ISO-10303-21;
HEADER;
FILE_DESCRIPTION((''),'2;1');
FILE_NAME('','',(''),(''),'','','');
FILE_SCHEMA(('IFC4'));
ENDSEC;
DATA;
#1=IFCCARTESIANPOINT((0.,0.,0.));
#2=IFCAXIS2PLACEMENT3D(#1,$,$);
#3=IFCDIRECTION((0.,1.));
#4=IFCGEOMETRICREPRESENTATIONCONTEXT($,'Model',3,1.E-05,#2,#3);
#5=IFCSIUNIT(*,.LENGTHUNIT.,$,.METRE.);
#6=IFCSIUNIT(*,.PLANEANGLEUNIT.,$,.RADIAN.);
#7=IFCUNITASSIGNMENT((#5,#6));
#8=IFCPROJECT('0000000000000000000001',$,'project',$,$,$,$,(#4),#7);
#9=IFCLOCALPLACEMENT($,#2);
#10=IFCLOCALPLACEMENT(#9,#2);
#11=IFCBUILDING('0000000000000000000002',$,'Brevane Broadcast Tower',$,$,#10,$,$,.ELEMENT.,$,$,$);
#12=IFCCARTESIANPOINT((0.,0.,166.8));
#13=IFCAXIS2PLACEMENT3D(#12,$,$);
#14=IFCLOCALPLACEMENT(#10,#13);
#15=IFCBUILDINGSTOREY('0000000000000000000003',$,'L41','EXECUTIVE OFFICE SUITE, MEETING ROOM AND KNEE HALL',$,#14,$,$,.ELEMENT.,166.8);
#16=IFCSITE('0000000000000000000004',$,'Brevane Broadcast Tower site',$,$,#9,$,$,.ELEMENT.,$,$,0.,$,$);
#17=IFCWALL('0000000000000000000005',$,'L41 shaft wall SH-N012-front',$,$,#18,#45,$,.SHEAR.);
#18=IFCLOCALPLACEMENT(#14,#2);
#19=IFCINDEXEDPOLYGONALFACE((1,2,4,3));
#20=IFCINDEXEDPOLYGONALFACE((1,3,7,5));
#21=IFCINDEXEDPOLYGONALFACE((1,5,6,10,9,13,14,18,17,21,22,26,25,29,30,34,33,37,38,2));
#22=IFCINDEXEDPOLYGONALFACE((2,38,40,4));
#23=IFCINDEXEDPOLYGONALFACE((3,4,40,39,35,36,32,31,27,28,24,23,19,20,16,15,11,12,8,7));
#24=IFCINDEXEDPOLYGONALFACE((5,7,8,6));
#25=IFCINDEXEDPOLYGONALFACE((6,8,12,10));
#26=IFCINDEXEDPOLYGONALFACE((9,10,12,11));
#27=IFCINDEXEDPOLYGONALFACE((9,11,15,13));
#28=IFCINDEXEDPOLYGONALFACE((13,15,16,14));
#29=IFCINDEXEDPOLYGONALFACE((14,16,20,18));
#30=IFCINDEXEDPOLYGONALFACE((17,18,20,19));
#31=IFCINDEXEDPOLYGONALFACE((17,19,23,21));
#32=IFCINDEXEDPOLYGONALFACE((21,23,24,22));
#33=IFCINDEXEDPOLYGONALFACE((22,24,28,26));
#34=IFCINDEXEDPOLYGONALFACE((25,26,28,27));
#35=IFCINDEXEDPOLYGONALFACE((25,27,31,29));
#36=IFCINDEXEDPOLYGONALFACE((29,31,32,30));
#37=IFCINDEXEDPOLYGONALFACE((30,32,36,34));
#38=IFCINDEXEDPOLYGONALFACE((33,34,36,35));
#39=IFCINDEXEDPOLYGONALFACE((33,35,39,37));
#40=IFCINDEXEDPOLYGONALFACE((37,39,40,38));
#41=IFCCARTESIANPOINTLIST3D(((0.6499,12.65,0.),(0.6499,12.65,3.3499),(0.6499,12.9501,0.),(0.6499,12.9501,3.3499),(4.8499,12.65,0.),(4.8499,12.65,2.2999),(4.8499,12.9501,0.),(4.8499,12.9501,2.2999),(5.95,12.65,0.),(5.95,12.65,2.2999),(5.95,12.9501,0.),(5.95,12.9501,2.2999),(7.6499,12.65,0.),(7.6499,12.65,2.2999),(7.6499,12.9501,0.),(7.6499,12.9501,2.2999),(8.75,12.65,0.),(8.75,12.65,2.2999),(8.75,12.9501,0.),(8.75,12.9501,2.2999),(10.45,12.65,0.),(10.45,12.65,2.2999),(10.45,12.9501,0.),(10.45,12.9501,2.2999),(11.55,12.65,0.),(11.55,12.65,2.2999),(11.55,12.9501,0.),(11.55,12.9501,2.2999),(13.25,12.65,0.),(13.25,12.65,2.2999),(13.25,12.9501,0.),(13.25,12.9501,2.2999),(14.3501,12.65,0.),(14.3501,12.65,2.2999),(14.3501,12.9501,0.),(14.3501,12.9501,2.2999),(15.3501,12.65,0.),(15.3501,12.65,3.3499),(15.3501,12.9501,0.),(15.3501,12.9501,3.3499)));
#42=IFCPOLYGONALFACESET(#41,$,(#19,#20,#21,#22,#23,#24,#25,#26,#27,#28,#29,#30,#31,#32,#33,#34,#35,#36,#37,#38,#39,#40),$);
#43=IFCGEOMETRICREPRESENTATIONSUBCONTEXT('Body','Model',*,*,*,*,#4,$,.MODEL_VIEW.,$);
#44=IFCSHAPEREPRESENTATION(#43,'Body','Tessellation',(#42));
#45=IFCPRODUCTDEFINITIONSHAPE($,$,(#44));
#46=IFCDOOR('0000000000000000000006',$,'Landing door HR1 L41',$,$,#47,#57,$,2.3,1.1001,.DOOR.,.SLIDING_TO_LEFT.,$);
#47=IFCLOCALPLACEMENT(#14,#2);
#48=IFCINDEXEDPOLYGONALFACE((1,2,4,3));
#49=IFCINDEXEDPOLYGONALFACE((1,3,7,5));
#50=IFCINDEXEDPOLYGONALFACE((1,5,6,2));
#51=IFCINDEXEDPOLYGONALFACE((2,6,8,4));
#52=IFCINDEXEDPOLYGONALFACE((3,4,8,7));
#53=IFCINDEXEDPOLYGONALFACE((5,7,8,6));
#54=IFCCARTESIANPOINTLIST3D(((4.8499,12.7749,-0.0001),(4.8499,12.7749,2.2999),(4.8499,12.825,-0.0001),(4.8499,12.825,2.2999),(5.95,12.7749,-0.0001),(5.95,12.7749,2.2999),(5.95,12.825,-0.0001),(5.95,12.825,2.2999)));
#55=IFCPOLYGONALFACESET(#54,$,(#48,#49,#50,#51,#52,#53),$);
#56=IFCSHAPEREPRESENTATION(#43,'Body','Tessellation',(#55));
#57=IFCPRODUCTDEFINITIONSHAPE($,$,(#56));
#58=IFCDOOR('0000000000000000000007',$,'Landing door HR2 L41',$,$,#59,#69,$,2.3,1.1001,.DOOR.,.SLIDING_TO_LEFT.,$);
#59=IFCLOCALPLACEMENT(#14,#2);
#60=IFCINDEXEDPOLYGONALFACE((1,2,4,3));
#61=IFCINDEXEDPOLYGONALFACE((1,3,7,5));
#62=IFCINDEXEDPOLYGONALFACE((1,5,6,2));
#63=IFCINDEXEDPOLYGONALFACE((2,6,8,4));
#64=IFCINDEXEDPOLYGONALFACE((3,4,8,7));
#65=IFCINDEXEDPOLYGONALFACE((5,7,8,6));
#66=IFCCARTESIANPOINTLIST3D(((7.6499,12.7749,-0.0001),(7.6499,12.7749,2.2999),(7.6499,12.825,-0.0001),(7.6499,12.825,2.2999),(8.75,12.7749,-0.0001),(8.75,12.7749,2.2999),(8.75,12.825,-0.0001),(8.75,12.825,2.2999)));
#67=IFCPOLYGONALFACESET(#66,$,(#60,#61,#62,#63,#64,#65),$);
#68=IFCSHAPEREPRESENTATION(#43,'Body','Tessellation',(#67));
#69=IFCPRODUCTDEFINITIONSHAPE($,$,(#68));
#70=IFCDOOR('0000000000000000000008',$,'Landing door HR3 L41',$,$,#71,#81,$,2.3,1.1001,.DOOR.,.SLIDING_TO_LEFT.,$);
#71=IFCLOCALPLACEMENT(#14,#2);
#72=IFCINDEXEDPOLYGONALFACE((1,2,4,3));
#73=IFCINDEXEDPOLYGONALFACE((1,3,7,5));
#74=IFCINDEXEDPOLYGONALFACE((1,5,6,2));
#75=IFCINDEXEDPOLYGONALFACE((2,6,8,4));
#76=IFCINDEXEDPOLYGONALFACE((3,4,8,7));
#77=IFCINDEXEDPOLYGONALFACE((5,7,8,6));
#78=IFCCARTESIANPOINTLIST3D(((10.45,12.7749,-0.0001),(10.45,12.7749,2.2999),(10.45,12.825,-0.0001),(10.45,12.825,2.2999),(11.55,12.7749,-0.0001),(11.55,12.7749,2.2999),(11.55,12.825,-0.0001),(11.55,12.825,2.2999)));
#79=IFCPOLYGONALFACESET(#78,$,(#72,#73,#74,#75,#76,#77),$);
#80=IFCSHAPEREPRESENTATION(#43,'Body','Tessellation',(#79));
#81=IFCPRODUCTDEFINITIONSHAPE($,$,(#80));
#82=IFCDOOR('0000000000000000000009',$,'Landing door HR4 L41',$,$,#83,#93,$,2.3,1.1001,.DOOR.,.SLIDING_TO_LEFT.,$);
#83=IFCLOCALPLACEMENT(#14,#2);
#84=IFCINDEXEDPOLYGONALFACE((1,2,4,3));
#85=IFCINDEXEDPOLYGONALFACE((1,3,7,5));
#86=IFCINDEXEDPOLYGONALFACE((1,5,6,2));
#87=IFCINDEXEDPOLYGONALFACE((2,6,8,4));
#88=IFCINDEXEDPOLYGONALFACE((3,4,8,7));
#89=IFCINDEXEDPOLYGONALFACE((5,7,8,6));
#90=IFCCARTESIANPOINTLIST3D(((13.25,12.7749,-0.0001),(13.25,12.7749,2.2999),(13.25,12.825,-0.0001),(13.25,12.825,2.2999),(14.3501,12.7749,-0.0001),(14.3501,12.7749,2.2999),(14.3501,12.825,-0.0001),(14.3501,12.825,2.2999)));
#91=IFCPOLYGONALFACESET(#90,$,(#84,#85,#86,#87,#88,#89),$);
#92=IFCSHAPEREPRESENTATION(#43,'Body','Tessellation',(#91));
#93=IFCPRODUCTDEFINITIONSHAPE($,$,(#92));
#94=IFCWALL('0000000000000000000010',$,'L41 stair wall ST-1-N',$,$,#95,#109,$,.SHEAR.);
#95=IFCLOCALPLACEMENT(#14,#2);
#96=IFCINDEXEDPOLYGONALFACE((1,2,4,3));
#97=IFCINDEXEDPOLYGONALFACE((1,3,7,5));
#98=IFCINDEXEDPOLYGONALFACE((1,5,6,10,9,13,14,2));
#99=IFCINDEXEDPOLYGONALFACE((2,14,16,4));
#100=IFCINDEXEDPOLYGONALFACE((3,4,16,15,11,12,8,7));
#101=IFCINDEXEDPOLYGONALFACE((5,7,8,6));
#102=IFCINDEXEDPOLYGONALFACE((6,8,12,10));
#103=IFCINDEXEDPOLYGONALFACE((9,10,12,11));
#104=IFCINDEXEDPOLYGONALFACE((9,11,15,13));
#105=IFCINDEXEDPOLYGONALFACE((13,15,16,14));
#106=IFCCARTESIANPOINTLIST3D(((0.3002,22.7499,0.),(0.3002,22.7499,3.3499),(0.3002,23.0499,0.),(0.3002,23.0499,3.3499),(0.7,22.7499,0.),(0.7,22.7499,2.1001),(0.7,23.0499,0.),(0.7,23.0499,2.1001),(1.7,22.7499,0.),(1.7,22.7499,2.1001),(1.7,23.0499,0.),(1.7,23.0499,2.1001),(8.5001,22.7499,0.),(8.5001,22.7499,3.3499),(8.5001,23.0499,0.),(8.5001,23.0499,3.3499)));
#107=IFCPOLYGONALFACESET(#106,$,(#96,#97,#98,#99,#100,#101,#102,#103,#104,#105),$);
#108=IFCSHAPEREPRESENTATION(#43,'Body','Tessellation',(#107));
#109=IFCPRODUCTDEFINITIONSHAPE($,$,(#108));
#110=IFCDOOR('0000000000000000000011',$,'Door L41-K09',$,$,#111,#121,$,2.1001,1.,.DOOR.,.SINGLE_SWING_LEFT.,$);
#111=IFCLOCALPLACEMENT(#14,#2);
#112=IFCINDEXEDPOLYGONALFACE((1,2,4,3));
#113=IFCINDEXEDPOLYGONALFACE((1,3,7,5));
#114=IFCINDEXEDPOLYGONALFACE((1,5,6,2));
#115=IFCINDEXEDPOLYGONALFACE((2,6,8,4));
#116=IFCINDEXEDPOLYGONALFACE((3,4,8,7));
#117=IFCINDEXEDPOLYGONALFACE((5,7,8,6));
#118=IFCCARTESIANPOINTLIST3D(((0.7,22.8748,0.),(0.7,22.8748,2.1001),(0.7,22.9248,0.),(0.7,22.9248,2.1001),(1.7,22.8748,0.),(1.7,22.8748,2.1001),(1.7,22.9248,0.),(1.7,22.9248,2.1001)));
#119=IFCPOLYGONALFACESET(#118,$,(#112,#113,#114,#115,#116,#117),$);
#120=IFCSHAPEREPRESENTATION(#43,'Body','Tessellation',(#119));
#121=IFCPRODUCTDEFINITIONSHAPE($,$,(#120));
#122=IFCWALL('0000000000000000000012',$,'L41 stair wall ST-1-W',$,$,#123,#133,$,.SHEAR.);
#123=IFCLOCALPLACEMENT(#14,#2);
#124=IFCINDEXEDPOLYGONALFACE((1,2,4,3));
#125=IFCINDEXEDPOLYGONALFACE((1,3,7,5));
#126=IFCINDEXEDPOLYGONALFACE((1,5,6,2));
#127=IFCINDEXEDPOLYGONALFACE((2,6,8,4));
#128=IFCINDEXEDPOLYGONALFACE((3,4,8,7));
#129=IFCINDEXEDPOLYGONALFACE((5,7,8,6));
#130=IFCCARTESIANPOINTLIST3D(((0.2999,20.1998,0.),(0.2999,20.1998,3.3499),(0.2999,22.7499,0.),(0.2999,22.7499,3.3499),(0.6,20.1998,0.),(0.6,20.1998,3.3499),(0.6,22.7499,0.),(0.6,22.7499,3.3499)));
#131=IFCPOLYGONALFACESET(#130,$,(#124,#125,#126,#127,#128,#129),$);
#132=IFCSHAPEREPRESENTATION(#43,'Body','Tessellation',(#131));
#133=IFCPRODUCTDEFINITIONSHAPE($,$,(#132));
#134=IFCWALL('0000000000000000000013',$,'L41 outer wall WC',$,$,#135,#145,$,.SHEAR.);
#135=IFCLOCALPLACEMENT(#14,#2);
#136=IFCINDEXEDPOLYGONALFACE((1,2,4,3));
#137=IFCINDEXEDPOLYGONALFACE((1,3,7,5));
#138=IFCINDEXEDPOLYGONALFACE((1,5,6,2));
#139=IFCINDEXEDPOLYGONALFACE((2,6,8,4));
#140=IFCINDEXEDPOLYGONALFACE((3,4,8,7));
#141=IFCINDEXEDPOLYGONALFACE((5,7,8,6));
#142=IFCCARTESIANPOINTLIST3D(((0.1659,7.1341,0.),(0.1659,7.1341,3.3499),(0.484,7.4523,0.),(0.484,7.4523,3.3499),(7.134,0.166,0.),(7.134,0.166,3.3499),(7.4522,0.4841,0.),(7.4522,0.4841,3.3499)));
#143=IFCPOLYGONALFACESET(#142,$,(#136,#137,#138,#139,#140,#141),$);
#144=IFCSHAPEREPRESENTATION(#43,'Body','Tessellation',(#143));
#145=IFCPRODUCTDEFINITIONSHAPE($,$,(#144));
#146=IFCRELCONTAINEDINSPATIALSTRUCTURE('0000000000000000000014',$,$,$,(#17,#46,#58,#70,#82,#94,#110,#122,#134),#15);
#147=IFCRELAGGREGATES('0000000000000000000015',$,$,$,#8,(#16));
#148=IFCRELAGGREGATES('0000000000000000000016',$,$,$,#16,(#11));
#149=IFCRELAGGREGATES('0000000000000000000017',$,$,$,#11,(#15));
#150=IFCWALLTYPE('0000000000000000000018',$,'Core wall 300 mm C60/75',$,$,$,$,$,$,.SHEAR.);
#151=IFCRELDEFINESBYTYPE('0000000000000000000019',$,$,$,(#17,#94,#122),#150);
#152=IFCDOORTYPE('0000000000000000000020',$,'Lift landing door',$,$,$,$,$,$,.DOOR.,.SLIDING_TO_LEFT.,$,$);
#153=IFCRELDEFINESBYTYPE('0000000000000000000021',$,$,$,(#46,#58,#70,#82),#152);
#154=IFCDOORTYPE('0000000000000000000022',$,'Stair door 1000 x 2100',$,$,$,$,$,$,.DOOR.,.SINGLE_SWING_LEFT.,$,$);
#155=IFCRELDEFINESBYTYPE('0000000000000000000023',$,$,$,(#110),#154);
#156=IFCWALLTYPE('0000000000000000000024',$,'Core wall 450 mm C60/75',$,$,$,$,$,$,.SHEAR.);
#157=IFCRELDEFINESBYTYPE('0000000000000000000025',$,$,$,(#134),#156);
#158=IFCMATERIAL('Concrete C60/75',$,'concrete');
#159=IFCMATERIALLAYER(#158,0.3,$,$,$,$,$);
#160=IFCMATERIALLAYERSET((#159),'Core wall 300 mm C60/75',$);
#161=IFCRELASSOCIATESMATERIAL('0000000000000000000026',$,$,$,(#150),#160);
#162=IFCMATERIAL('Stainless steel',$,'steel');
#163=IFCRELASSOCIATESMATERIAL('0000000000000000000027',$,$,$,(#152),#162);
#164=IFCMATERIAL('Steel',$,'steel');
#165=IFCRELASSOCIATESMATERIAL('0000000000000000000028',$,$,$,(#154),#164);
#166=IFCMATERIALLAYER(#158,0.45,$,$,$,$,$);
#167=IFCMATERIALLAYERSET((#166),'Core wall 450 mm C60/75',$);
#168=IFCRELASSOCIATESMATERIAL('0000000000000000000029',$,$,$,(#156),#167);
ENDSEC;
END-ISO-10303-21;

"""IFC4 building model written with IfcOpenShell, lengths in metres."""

from ifc_helpers import new_model, si_unit, direction, frame, frame_2d, origin, place, context, subcontext, project, spatial, rectangle, extrude, material, layer, layer_set, type_object, element, fill, save


model = new_model("IFC4")

# Units and contexts
model_context = context("Model", 3, precision=1e-05, world=origin(), true_north=direction((0.0, 1.0)))
body_context = subcontext(model_context, "Body", "Model", "MODEL_VIEW")
ifc_project = project(units=[si_unit("LENGTHUNIT", "METRE"), si_unit("PLANEANGLEUNIT", "RADIAN")], contexts=[model_context])

# Site, building, storey
site_placement = place(None, origin())
site = spatial("IfcSite", under=ifc_project, at=site_placement, Name="Brevane Broadcast Tower site", CompositionType="ELEMENT", RefElevation=0.0)
building_placement = place(site_placement, origin())
building = spatial("IfcBuilding", under=site, at=building_placement, Name="Brevane Broadcast Tower", CompositionType="ELEMENT")
storey_placement = place(building_placement, frame((0.0, 0.0, 166.8)))
storey = spatial("IfcBuildingStorey", under=building, at=storey_placement, Name="L41", Description="EXECUTIVE OFFICE SUITE, MEETING ROOM AND KNEE HALL", CompositionType="ELEMENT", Elevation=166.8)

# Shared definitions
ifc_material_1 = material(Name="Concrete C60/75", Category="concrete")

# Wall, openings, doors
ifc_layer_1 = layer(ifc_material_1, 0.3)
ifc_layer_set_1 = layer_set([ifc_layer_1], Name="Core wall 300 mm C60/75")
wall_type_1 = type_object("IfcWallType", Name="Core wall 300 mm C60/75", PredefinedType="SHEAR", material=ifc_layer_set_1)
wall_1_placement = place(storey_placement, frame((0.6499, 12.8, 0.0), z_axis=(0.0, 0.0, 1.0), x_axis=(1.0, 0.0, 0.0)))
wall_1 = element("IfcWall", 1, at=wall_1_placement, inside=storey, type_object=wall_type_1, Name="L41 shaft wall SH-N012-front", PredefinedType="SHEAR", context=body_context, shape_type="SweptSolid", body=[
    extrude(rectangle(XDim=14.7002, YDim=0.3, at=frame_2d((7.3501, 0.0))), origin(), (0.0, 0.0, 1.0), 3.3499),
])
opening_1_placement = place(wall_1_placement, frame((4.2, 0.0, 0.0)))
opening_1 = element("IfcOpeningElement", 2, at=opening_1_placement, cuts=wall_1, PredefinedType="OPENING", context=body_context, shape_type="SweptSolid", body=[
    extrude(rectangle(XDim=1.1001, YDim=2.3, at=frame_2d((0.55, 1.1499))), frame((0.0, 0.1599, 0.0), z_axis=(0.0, -1.0, 0.0), x_axis=(1.0, 0.0, 0.0)), (0.0, 0.0, 1.0), 0.3201),
])
opening_2_placement = place(wall_1_placement, frame((7.0, 0.0, 0.0)))
opening_2 = element("IfcOpeningElement", 3, at=opening_2_placement, cuts=wall_1, PredefinedType="OPENING", context=body_context, shape_type="SweptSolid", body=[
    extrude(rectangle(XDim=1.1001, YDim=2.3, at=frame_2d((0.55, 1.1499))), frame((0.0, 0.1599, 0.0), z_axis=(0.0, -1.0, 0.0), x_axis=(1.0, 0.0, 0.0)), (0.0, 0.0, 1.0), 0.3201),
])
opening_3_placement = place(wall_1_placement, frame((9.8, 0.0, 0.0)))
opening_3 = element("IfcOpeningElement", 4, at=opening_3_placement, cuts=wall_1, PredefinedType="OPENING", context=body_context, shape_type="SweptSolid", body=[
    extrude(rectangle(XDim=1.1001, YDim=2.3, at=frame_2d((0.55, 1.1499))), frame((0.0, 0.1599, 0.0), z_axis=(0.0, -1.0, 0.0), x_axis=(1.0, 0.0, 0.0)), (0.0, 0.0, 1.0), 0.3201),
])
opening_4_placement = place(wall_1_placement, frame((12.6001, 0.0, 0.0)))
opening_4 = element("IfcOpeningElement", 5, at=opening_4_placement, cuts=wall_1, PredefinedType="OPENING", context=body_context, shape_type="SweptSolid", body=[
    extrude(rectangle(XDim=1.1001, YDim=2.3, at=frame_2d((0.55, 1.1499))), frame((0.0, 0.1599, 0.0), z_axis=(0.0, -1.0, 0.0), x_axis=(1.0, 0.0, 0.0)), (0.0, 0.0, 1.0), 0.3201),
])
ifc_material_2 = material(Name="Stainless steel", Category="steel")
door_type_1 = type_object("IfcDoorType", Name="Lift landing door", OperationType="SLIDING_TO_LEFT", PredefinedType="DOOR", material=ifc_material_2)
door_1_placement = place(opening_1_placement, origin())
door_1 = element("IfcDoor", 6, at=door_1_placement, inside=storey, type_object=door_type_1, Name="Landing door HR1 L41", OperationType="SLIDING_TO_LEFT", OverallHeight=2.3, OverallWidth=1.1001, PredefinedType="DOOR", context=body_context, shape_type="SweptSolid", body=[
    extrude(rectangle(XDim=1.1001, YDim=2.3, at=frame_2d((0.55, 1.1499))), frame((0.0, 0.0249, 0.0), z_axis=(0.0, -1.0, 0.0), x_axis=(1.0, 0.0, 0.0)), (0.0, 0.0, 1.0), 0.05),
])
fill(opening_1, door_1)
door_2_placement = place(opening_2_placement, origin())
door_2 = element("IfcDoor", 7, at=door_2_placement, inside=storey, type_object=door_type_1, Name="Landing door HR2 L41", OperationType="SLIDING_TO_LEFT", OverallHeight=2.3, OverallWidth=1.1001, PredefinedType="DOOR", context=body_context, shape_type="SweptSolid", body=[
    extrude(rectangle(XDim=1.1001, YDim=2.3, at=frame_2d((0.55, 1.1499))), frame((0.0, 0.0249, 0.0), z_axis=(0.0, -1.0, 0.0), x_axis=(1.0, 0.0, 0.0)), (0.0, 0.0, 1.0), 0.05),
])
fill(opening_2, door_2)
door_3_placement = place(opening_3_placement, origin())
door_3 = element("IfcDoor", 8, at=door_3_placement, inside=storey, type_object=door_type_1, Name="Landing door HR3 L41", OperationType="SLIDING_TO_LEFT", OverallHeight=2.3, OverallWidth=1.1001, PredefinedType="DOOR", context=body_context, shape_type="SweptSolid", body=[
    extrude(rectangle(XDim=1.1001, YDim=2.3, at=frame_2d((0.55, 1.1499))), frame((0.0, 0.0249, 0.0), z_axis=(0.0, -1.0, 0.0), x_axis=(1.0, 0.0, 0.0)), (0.0, 0.0, 1.0), 0.05),
])
fill(opening_3, door_3)
door_4_placement = place(opening_4_placement, origin())
door_4 = element("IfcDoor", 9, at=door_4_placement, inside=storey, type_object=door_type_1, Name="Landing door HR4 L41", OperationType="SLIDING_TO_LEFT", OverallHeight=2.3, OverallWidth=1.1001, PredefinedType="DOOR", context=body_context, shape_type="SweptSolid", body=[
    extrude(rectangle(XDim=1.1001, YDim=2.3, at=frame_2d((0.55, 1.1499))), frame((0.0, 0.0249, 0.0), z_axis=(0.0, -1.0, 0.0), x_axis=(1.0, 0.0, 0.0)), (0.0, 0.0, 1.0), 0.05),
])
fill(opening_4, door_4)

# Wall, opening, door
wall_2_placement = place(storey_placement, frame((0.3, 22.8999, 0.0), z_axis=(0.0, 0.0, 1.0), x_axis=(1.0, 0.0, 0.0)))
wall_2 = element("IfcWall", 10, at=wall_2_placement, inside=storey, type_object=wall_type_1, Name="L41 stair wall ST-1-N", PredefinedType="SHEAR", context=body_context, shape_type="SweptSolid", body=[
    extrude(rectangle(XDim=8.2, YDim=0.3, at=frame_2d((4.1001, 0.0))), origin(), (0.0, 0.0, 1.0), 3.3499),
])
opening_5_placement = place(wall_2_placement, frame((0.3999, 0.0, 0.0)))
opening_5 = element("IfcOpeningElement", 11, at=opening_5_placement, cuts=wall_2, PredefinedType="OPENING", context=body_context, shape_type="SweptSolid", body=[
    extrude(rectangle(XDim=1.0, YDim=2.1001, at=frame_2d((0.5, 1.05))), frame((0.0, 0.1599, 0.0), z_axis=(0.0, -1.0, 0.0), x_axis=(1.0, 0.0, 0.0)), (0.0, 0.0, 1.0), 0.3201),
])
ifc_material_3 = material(Name="Steel", Category="steel")
door_type_2 = type_object("IfcDoorType", Name="Stair door 1000 x 2100", OperationType="SINGLE_SWING_LEFT", PredefinedType="DOOR", material=ifc_material_3)
door_5_placement = place(opening_5_placement, origin())
door_5 = element("IfcDoor", 12, at=door_5_placement, inside=storey, type_object=door_type_2, Name="Door L41-K09", OperationType="SINGLE_SWING_LEFT", OverallHeight=2.1001, OverallWidth=1.0, PredefinedType="DOOR", context=body_context, shape_type="SweptSolid", body=[
    extrude(rectangle(XDim=1.0, YDim=2.1001, at=frame_2d((0.5, 1.05))), frame((0.0, 0.0249, 0.0), z_axis=(0.0, -1.0, 0.0), x_axis=(1.0, 0.0, 0.0)), (0.0, 0.0, 1.0), 0.05),
])
fill(opening_5, door_5)

# Walls
wall_3_placement = place(storey_placement, frame((0.45, 20.2, 0.0), z_axis=(0.0, 0.0, 1.0), x_axis=(0.0, 1.0, 0.0)))
element("IfcWall", 13, at=wall_3_placement, inside=storey, type_object=wall_type_1, Name="L41 stair wall ST-1-W", PredefinedType="SHEAR", context=body_context, shape_type="SweptSolid", body=[
    extrude(rectangle(XDim=2.55, YDim=0.3, at=frame_2d((1.2749, 0.0))), origin(), (0.0, 0.0, 1.0), 3.3499),
])
ifc_layer_2 = layer(ifc_material_1, 0.45)
ifc_layer_set_2 = layer_set([ifc_layer_2], Name="Core wall 450 mm C60/75")
wall_type_2 = type_object("IfcWallType", Name="Core wall 450 mm C60/75", PredefinedType="SHEAR", material=ifc_layer_set_2)
wall_4_placement = place(storey_placement, frame((0.325, 7.2932, 0.0), z_axis=(0.0, 0.0, 1.0), x_axis=(0.707107, -0.707107, 0.0)))
element("IfcWall", 14, at=wall_4_placement, inside=storey, type_object=wall_type_2, Name="L41 outer wall WC", PredefinedType="SHEAR", context=body_context, shape_type="SweptSolid", body=[
    extrude(rectangle(XDim=9.8545, YDim=0.45, at=frame_2d((4.9272, 0.0))), origin(), (0.0, 0.0, 1.0), 3.3499),
])

save(model, "model.ifc")
